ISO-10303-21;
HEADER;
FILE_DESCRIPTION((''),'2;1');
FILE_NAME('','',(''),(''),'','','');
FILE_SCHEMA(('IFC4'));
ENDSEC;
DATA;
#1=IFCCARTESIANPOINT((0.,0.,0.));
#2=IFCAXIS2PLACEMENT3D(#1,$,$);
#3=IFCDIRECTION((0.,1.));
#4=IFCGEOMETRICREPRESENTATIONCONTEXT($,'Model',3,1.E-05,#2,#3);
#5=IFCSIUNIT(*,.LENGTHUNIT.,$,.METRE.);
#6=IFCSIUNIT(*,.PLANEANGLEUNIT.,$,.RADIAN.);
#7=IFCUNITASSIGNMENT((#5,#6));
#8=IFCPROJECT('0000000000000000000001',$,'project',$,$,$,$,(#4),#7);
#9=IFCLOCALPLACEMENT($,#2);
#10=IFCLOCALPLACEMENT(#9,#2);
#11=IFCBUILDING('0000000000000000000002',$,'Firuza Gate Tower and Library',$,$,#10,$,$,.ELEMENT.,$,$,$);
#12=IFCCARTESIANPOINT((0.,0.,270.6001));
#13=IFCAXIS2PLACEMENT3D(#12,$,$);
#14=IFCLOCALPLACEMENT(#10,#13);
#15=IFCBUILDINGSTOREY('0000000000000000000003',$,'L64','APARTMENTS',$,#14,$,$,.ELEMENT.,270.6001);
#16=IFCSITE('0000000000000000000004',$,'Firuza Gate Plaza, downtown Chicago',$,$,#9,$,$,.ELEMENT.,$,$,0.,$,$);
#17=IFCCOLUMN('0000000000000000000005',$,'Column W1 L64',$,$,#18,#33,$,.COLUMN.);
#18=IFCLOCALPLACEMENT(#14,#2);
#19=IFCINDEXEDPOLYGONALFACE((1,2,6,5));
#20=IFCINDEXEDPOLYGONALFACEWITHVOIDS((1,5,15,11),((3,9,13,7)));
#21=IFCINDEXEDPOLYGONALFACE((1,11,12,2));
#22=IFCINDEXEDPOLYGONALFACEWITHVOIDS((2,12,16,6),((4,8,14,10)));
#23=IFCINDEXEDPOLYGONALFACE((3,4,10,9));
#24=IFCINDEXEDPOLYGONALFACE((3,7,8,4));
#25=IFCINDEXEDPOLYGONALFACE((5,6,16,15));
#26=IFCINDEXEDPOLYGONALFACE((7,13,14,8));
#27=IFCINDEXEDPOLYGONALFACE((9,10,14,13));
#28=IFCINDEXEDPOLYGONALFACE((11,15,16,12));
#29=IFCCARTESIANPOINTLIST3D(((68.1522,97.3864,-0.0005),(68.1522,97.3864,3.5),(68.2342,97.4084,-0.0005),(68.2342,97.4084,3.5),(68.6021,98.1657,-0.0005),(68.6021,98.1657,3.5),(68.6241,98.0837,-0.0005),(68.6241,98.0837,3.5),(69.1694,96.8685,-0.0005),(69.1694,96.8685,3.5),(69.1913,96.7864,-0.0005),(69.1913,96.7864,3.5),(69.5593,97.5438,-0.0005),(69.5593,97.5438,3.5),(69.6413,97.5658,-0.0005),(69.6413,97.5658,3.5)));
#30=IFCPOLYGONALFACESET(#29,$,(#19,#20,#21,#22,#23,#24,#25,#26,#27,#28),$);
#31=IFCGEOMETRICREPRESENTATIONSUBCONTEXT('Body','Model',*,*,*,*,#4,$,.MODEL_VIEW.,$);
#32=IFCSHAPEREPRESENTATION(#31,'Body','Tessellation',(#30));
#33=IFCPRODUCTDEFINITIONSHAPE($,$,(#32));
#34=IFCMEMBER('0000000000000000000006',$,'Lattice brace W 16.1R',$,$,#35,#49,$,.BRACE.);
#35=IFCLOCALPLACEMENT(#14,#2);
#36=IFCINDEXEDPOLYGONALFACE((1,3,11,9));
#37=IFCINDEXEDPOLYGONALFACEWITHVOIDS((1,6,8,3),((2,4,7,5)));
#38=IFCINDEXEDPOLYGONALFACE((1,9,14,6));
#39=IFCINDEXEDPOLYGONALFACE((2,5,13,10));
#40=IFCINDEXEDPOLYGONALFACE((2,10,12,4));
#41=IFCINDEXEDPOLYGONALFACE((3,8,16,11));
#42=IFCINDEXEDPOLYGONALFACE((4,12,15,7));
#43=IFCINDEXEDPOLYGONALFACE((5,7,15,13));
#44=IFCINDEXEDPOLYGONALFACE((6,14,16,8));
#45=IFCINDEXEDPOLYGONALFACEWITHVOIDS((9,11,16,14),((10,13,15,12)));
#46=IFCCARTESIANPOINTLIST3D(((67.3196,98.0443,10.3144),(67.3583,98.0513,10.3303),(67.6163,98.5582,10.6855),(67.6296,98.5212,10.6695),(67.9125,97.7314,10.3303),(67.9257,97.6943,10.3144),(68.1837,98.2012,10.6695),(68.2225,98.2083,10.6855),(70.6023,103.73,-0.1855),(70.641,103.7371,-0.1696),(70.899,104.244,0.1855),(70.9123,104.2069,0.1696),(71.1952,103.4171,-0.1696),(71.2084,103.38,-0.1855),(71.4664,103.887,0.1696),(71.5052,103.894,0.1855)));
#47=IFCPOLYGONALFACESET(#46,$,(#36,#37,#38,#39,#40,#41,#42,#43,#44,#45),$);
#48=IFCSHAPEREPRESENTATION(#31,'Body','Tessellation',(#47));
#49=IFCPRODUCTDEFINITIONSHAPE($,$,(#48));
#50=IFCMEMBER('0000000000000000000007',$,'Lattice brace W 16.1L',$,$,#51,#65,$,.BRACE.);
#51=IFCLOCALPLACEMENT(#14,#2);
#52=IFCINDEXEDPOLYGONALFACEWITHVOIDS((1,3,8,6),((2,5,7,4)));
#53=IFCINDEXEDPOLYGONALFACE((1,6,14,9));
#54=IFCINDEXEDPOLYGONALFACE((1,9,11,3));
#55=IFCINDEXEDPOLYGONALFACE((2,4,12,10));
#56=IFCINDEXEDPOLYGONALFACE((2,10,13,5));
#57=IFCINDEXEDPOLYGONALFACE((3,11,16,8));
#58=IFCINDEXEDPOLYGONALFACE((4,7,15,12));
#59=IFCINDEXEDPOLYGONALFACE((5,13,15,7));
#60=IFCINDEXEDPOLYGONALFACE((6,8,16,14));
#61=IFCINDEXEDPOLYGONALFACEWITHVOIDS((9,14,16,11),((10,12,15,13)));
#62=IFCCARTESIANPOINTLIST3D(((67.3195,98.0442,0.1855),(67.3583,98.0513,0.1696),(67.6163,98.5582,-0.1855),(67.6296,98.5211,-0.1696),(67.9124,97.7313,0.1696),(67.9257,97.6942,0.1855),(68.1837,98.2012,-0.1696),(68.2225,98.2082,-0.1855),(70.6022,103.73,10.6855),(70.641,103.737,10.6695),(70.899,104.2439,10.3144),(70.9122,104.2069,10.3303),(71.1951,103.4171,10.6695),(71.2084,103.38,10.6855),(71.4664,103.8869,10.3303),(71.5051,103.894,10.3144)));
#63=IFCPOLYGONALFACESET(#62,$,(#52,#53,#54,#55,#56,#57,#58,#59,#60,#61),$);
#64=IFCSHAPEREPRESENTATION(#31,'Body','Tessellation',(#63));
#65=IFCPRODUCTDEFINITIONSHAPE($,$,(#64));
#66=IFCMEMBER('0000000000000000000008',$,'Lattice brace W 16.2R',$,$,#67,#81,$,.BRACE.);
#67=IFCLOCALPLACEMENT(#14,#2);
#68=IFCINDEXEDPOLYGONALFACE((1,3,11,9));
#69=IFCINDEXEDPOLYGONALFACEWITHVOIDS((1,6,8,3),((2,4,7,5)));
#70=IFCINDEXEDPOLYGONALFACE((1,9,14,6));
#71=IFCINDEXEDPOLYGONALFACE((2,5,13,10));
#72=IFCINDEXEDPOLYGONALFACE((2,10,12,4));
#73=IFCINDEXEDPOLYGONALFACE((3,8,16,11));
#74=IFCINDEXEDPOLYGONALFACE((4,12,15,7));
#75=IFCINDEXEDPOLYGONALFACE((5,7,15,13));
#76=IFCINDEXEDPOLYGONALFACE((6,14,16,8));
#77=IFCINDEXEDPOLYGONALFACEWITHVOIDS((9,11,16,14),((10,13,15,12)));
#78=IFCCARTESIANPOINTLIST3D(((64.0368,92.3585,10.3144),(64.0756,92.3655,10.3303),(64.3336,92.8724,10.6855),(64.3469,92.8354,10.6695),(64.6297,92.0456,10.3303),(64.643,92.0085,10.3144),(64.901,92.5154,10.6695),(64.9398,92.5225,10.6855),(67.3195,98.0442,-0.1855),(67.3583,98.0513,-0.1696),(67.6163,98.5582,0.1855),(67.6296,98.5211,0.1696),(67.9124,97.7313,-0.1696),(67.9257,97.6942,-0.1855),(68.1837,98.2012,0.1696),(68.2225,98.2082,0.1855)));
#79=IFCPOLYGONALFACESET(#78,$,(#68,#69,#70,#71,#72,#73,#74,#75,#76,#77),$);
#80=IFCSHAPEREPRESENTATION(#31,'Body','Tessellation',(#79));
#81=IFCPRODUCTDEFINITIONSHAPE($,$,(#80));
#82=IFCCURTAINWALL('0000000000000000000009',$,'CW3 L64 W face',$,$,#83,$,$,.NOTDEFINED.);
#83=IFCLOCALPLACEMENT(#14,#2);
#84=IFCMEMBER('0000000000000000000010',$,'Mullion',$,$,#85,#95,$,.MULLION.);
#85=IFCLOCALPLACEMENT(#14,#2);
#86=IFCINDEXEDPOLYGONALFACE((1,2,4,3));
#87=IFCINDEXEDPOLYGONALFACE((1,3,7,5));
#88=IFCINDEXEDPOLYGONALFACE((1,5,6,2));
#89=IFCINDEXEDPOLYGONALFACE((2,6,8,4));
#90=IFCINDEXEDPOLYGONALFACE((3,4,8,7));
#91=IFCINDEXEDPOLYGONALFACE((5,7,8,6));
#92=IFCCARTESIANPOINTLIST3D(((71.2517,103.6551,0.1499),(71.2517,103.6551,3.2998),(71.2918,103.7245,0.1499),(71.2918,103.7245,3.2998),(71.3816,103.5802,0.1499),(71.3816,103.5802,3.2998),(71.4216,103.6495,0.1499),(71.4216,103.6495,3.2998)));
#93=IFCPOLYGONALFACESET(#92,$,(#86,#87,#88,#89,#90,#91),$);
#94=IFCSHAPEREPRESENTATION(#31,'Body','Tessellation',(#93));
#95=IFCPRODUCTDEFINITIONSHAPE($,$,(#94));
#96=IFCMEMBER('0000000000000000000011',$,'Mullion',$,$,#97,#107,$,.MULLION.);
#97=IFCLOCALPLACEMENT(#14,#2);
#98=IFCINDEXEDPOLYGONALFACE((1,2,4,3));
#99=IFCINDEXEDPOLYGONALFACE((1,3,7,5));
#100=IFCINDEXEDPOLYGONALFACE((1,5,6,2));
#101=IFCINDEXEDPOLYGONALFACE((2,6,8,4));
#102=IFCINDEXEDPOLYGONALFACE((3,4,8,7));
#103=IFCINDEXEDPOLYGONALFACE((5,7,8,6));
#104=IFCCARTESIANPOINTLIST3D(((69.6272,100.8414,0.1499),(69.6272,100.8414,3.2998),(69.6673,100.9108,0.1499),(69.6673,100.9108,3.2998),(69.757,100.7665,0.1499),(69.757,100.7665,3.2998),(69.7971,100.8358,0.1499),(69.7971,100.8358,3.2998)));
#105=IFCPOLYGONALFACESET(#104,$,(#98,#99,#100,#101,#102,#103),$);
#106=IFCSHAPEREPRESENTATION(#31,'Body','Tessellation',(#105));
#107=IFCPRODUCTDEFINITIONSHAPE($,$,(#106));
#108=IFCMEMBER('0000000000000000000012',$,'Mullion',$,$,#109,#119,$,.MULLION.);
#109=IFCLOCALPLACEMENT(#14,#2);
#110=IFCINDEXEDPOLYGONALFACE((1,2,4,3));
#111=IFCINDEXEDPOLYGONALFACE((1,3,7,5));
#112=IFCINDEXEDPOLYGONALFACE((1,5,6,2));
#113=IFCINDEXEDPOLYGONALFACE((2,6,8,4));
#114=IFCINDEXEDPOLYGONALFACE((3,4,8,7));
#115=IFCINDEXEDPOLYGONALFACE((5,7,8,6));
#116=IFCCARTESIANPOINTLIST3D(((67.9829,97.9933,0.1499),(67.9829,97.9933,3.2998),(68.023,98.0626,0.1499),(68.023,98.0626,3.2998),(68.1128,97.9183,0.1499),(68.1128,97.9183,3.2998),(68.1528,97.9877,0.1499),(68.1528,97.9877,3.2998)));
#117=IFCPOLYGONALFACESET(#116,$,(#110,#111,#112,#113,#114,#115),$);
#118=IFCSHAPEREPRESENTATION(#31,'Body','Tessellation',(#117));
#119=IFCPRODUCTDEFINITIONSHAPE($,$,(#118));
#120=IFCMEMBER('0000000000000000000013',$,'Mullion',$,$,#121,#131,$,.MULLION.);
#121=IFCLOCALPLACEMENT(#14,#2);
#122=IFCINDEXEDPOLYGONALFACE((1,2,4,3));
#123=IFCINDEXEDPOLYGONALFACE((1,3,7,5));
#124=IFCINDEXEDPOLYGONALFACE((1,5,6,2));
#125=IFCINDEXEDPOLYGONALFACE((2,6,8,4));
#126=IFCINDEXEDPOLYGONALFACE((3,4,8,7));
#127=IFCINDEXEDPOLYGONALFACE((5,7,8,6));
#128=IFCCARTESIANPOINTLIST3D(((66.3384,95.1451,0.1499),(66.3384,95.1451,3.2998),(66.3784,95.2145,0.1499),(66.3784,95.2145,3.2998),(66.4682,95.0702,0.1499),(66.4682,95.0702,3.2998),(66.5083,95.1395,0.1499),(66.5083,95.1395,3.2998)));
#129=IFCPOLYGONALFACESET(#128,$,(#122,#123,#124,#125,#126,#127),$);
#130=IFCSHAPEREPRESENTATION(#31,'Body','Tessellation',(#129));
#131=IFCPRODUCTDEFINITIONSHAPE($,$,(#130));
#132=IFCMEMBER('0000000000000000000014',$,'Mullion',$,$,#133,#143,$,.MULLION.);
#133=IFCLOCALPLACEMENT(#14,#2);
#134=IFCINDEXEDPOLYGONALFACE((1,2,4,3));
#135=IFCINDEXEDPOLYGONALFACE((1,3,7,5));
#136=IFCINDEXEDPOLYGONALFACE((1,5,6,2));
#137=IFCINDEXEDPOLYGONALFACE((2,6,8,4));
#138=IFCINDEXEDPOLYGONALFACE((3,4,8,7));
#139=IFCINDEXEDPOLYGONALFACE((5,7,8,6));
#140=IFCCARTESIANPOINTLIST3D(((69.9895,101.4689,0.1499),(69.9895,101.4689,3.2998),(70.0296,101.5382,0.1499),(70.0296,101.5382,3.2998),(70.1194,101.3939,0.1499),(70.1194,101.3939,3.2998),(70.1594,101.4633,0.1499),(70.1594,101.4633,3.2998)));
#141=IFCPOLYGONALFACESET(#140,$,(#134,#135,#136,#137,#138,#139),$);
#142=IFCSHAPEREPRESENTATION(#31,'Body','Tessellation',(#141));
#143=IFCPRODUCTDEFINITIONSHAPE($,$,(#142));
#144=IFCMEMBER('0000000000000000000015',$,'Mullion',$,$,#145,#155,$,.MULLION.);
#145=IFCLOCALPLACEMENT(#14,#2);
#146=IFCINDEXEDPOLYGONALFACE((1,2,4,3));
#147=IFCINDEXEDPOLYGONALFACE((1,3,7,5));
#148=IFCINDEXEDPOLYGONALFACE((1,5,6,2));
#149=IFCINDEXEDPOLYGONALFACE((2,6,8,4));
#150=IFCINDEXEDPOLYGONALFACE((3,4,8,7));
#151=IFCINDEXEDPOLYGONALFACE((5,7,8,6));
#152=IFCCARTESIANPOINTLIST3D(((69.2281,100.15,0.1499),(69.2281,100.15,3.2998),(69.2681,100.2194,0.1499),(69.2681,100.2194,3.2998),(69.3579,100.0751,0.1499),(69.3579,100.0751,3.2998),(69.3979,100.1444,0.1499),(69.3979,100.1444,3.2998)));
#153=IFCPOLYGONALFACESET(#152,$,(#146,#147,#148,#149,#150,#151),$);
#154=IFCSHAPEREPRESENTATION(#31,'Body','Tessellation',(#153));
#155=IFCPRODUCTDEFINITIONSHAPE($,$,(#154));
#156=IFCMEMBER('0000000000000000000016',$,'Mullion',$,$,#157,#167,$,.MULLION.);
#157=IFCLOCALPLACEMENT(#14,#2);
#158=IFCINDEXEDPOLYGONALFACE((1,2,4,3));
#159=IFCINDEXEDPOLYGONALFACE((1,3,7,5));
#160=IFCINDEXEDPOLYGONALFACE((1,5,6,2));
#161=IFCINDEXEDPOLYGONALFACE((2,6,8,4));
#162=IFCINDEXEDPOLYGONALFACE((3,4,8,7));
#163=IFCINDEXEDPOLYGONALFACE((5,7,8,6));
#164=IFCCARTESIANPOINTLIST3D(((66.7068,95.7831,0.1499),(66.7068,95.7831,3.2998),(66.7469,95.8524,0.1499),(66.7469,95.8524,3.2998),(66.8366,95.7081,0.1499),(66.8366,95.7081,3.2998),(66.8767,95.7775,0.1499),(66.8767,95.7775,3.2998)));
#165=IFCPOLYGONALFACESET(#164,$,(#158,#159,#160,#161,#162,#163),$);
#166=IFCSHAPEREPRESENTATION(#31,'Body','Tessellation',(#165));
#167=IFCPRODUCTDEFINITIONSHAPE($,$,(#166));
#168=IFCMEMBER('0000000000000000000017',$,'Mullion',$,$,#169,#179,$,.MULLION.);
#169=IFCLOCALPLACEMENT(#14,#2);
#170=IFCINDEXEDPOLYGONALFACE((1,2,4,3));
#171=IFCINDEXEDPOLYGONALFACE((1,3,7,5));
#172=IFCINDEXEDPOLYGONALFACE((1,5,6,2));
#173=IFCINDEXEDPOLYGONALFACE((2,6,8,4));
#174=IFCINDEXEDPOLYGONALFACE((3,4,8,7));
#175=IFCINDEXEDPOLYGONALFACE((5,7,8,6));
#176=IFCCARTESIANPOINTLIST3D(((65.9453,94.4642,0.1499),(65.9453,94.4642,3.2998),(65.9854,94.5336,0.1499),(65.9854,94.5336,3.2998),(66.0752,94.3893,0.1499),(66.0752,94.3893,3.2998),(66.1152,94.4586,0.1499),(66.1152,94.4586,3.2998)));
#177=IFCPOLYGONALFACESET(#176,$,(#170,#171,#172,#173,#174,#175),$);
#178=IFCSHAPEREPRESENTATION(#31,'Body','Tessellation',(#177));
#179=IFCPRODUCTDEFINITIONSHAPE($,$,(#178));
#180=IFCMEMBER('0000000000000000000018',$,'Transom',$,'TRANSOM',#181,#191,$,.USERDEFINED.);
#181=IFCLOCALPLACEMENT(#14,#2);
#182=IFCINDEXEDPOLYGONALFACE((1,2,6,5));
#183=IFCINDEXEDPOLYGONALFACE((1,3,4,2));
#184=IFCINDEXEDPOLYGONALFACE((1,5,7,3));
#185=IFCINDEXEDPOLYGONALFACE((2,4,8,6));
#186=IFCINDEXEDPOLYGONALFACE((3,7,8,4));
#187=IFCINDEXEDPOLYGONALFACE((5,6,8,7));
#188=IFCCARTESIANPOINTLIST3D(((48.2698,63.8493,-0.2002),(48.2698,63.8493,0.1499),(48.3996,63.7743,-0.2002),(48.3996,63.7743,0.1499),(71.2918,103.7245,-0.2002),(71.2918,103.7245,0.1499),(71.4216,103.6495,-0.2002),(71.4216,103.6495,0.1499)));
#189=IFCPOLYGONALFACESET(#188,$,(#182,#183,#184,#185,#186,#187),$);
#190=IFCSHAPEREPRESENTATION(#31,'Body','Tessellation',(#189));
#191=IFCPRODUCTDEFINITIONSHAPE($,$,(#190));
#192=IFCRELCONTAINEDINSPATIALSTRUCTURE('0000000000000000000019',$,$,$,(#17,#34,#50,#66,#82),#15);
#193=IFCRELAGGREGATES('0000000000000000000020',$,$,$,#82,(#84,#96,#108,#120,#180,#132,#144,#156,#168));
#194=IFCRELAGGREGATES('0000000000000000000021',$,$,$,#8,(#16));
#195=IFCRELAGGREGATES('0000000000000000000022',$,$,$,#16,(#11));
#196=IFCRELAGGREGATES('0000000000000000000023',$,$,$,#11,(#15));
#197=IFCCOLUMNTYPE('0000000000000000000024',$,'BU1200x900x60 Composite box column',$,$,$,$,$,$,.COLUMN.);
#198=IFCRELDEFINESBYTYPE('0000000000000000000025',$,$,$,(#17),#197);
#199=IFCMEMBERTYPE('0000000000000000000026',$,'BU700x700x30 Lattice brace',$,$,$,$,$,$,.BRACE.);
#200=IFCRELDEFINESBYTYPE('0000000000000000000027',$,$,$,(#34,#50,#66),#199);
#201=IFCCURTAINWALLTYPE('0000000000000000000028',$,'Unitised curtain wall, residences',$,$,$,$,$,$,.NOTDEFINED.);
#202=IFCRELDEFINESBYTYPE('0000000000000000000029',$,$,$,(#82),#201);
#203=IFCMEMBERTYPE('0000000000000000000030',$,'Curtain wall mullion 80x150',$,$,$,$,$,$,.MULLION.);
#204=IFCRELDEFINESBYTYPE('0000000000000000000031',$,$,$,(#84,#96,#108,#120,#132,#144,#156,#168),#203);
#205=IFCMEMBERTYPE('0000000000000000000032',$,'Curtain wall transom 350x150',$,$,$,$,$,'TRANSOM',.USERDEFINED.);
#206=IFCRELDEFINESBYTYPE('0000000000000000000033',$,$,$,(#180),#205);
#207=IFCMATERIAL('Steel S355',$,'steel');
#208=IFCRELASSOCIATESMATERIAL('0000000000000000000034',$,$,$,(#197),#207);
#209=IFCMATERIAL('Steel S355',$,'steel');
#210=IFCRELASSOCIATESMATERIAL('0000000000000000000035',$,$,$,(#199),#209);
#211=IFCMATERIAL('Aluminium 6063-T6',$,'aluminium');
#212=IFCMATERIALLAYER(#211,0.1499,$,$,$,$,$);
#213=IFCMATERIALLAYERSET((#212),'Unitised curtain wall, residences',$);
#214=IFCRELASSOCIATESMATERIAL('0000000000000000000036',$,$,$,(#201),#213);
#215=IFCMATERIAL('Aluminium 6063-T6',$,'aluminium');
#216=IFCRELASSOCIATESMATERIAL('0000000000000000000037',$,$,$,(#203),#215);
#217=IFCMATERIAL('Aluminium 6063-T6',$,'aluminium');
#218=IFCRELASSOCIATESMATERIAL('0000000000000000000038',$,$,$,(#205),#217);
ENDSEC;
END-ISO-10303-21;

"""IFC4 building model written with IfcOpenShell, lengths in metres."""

from ifc_helpers import new_model, si_unit, direction, frame, origin, origin_2d, place, context, subcontext, project, spatial, rectangle, hollow_rectangle, extrude, material, layer, layer_set, material_profile, profile_set, type_object, element, aggregate, save


model = new_model("IFC4")

# Units and contexts
model_context = context("Model", 3, precision=1e-05, world=origin(), true_north=direction((0.0, 1.0)))
body_context = subcontext(model_context, "Body", "Model", "MODEL_VIEW")
ifc_project = project(units=[si_unit("LENGTHUNIT", "METRE"), si_unit("PLANEANGLEUNIT", "RADIAN")], contexts=[model_context])

# Site, building, storey
site_placement = place(None, origin())
site = spatial("IfcSite", under=ifc_project, at=site_placement, Name="Firuza Gate Plaza, downtown Chicago", CompositionType="ELEMENT", RefElevation=0.0)
building_placement = place(site_placement, origin())
building = spatial("IfcBuilding", under=site, at=building_placement, Name="Firuza Gate Tower and Library", CompositionType="ELEMENT")
storey_placement = place(building_placement, frame((0.0, 0.0, 270.6001)))
storey = spatial("IfcBuildingStorey", under=building, at=storey_placement, Name="L64", Description="APARTMENTS", CompositionType="ELEMENT", Elevation=270.6001)

# Column
ifc_material_1 = material(Name="Steel S355", Category="steel")
ifc_material_profile_1 = material_profile(ifc_material_1, hollow_rectangle(XDim=0.8999, YDim=1.2, WallThickness=0.0601, at=origin_2d()))
ifc_profile_set_1 = profile_set([ifc_material_profile_1], Name="Steel S355")
column_type = type_object("IfcColumnType", Name="BU1200x900x60 Composite box column", PredefinedType="COLUMN", material=ifc_profile_set_1)
column_placement = place(storey_placement, frame((68.8967, 97.4761, -0.0005), z_axis=(0.0, 0.0, 1.0), x_axis=(-0.5, -0.866025, 0.0)))
element("IfcColumn", 1, at=column_placement, inside=storey, type_object=column_type, Name="Column W1 L64", PredefinedType="COLUMN", context=body_context, shape_type="SweptSolid", body=[
    extrude(hollow_rectangle(XDim=0.8999, YDim=1.2, WallThickness=0.0601, at=origin_2d()), origin(), (0.0, 0.0, 1.0), 3.5005),
])

# Members
ifc_material_2 = material(Name="Steel S355", Category="steel")
ifc_material_profile_2 = material_profile(ifc_material_2, hollow_rectangle(XDim=0.7, YDim=0.7, WallThickness=0.03, at=origin_2d()))
ifc_profile_set_2 = profile_set([ifc_material_profile_2], Name="Steel S355")
member_type_1 = type_object("IfcMemberType", Name="BU700x700x30 Lattice brace", PredefinedType="BRACE", material=ifc_profile_set_2)
for number, where, z_axis, x_axis, name in (
    (2, (71.0537, 103.812, 0.0), (-0.265085, -0.459137, 0.847893), (0.866024, -0.500002, 0.0), "Lattice brace W 16.1R"),
    (3, (67.771, 98.1262, 0.0), (0.265085, 0.459137, 0.847893), (-0.866024, 0.500002, 0.0), "Lattice brace W 16.1L"),
    (4, (67.771, 98.1262, 0.0), (-0.265085, -0.459137, 0.847893), (0.866024, -0.500002, 0.0), "Lattice brace W 16.2R"),
):
    element("IfcMember", number, at=place(storey_placement, frame(where, z_axis=z_axis, x_axis=x_axis)), inside=storey, type_object=member_type_1, Name=name, PredefinedType="BRACE", context=body_context, shape_type="SweptSolid", body=[
        extrude(hollow_rectangle(XDim=0.7, YDim=0.7, WallThickness=0.03, at=origin_2d()), origin(), (0.0, 0.0, 1.0), 12.3835),
    ])

# Curtain wall, members
ifc_material_3 = material(Name="Aluminium 6063-T6", Category="aluminium")
ifc_layer_1 = layer(ifc_material_3, 0.1499)
ifc_layer_set_1 = layer_set([ifc_layer_1], Name="Unitised curtain wall, residences")
curtain_wall_type = type_object("IfcCurtainWallType", Name="Unitised curtain wall, residences", PredefinedType="NOTDEFINED", material=ifc_layer_set_1)
curtain_wall_placement = place(storey_placement, origin())
curtain_wall = element("IfcCurtainWall", 5, at=curtain_wall_placement, inside=storey, type_object=curtain_wall_type, Name="CW3 L64 W face", PredefinedType="NOTDEFINED")
ifc_material_4 = material(Name="Aluminium 6063-T6", Category="aluminium")
ifc_material_profile_3 = material_profile(ifc_material_4, rectangle(XDim=0.1499, YDim=0.0801, at=origin_2d()))
ifc_profile_set_3 = profile_set([ifc_material_profile_3], Name="Aluminium 6063-T6")
member_type_2 = type_object("IfcMemberType", Name="Curtain wall mullion 80x150", PredefinedType="MULLION", material=ifc_profile_set_3)
member_1_placement = place(storey_placement, frame((71.3367, 103.6523, 0.1499), z_axis=(0.0, 0.0, 1.0), x_axis=(0.866025, -0.5, 0.0)))
member_1 = element("IfcMember", 6, at=member_1_placement, type_object=member_type_2, Name="Mullion", PredefinedType="MULLION", context=body_context, shape_type="SweptSolid", body=[
    extrude(rectangle(XDim=0.1499, YDim=0.0801, at=origin_2d()), origin(), (0.0, 0.0, 1.0), 3.1499),
])
member_2_placement = place(storey_placement, frame((69.7122, 100.8386, 0.1499), z_axis=(0.0, 0.0, 1.0), x_axis=(0.866025, -0.5, 0.0)))
member_2 = element("IfcMember", 7, at=member_2_placement, type_object=member_type_2, Name="Mullion", PredefinedType="MULLION", context=body_context, shape_type="SweptSolid", body=[
    extrude(rectangle(XDim=0.1499, YDim=0.0801, at=origin_2d()), origin(), (0.0, 0.0, 1.0), 3.1499),
])
member_3_placement = place(storey_placement, frame((68.0679, 97.9905, 0.1499), z_axis=(0.0, 0.0, 1.0), x_axis=(0.866025, -0.5, 0.0)))
member_3 = element("IfcMember", 8, at=member_3_placement, type_object=member_type_2, Name="Mullion", PredefinedType="MULLION", context=body_context, shape_type="SweptSolid", body=[
    extrude(rectangle(XDim=0.1499, YDim=0.0801, at=origin_2d()), origin(), (0.0, 0.0, 1.0), 3.1499),
])
member_4_placement = place(storey_placement, frame((66.4233, 95.1423, 0.1499), z_axis=(0.0, 0.0, 1.0), x_axis=(0.866025, -0.5, 0.0)))
member_4 = element("IfcMember", 9, at=member_4_placement, type_object=member_type_2, Name="Mullion", PredefinedType="MULLION", context=body_context, shape_type="SweptSolid", body=[
    extrude(rectangle(XDim=0.1499, YDim=0.0801, at=origin_2d()), origin(), (0.0, 0.0, 1.0), 3.1499),
])
member_5_placement = place(storey_placement, frame((70.0745, 101.4661, 0.1499), z_axis=(0.0, 0.0, 1.0), x_axis=(0.866025, -0.5, 0.0)))
member_5 = element("IfcMember", 10, at=member_5_placement, type_object=member_type_2, Name="Mullion", PredefinedType="MULLION", context=body_context, shape_type="SweptSolid", body=[
    extrude(rectangle(XDim=0.1499, YDim=0.0801, at=origin_2d()), origin(), (0.0, 0.0, 1.0), 3.1499),
])
member_6_placement = place(storey_placement, frame((69.313, 100.1472, 0.1499), z_axis=(0.0, 0.0, 1.0), x_axis=(0.866025, -0.5, 0.0)))
member_6 = element("IfcMember", 11, at=member_6_placement, type_object=member_type_2, Name="Mullion", PredefinedType="MULLION", context=body_context, shape_type="SweptSolid", body=[
    extrude(rectangle(XDim=0.1499, YDim=0.0801, at=origin_2d()), origin(), (0.0, 0.0, 1.0), 3.1499),
])
member_7_placement = place(storey_placement, frame((66.7917, 95.7803, 0.1499), z_axis=(0.0, 0.0, 1.0), x_axis=(0.866025, -0.5, 0.0)))
member_7 = element("IfcMember", 12, at=member_7_placement, type_object=member_type_2, Name="Mullion", PredefinedType="MULLION", context=body_context, shape_type="SweptSolid", body=[
    extrude(rectangle(XDim=0.1499, YDim=0.0801, at=origin_2d()), origin(), (0.0, 0.0, 1.0), 3.1499),
])
member_8_placement = place(storey_placement, frame((66.0303, 94.4614, 0.1499), z_axis=(0.0, 0.0, 1.0), x_axis=(0.866025, -0.5, 0.0)))
member_8 = element("IfcMember", 13, at=member_8_placement, type_object=member_type_2, Name="Mullion", PredefinedType="MULLION", context=body_context, shape_type="SweptSolid", body=[
    extrude(rectangle(XDim=0.1499, YDim=0.0801, at=origin_2d()), origin(), (0.0, 0.0, 1.0), 3.1499),
])
ifc_material_5 = material(Name="Aluminium 6063-T6", Category="aluminium")
ifc_material_profile_4 = material_profile(ifc_material_5, rectangle(XDim=0.1499, YDim=0.3501, at=origin_2d()))
ifc_profile_set_4 = profile_set([ifc_material_profile_4], Name="Aluminium 6063-T6")
member_type_3 = type_object("IfcMemberType", Name="Curtain wall transom 350x150", ElementType="TRANSOM", PredefinedType="USERDEFINED", material=ifc_profile_set_4)
member_9_placement = place(storey_placement, frame((71.3567, 103.687, -0.0251), z_axis=(-0.5, -0.866026, 0.0), x_axis=(0.866026, -0.5, 0.0)))
member_9 = element("IfcMember", 14, at=member_9_placement, type_object=member_type_3, Name="Transom", ObjectType="TRANSOM", PredefinedType="USERDEFINED", context=body_context, shape_type="SweptSolid", body=[
    extrude(rectangle(XDim=0.1499, YDim=0.3501, at=origin_2d()), origin(), (0.0, 0.0, 1.0), 46.0439),
])

aggregate(curtain_wall, [member_1, member_2, member_3, member_4, member_9, member_5, member_6, member_7, member_8])

save(model, "model.ifc")
